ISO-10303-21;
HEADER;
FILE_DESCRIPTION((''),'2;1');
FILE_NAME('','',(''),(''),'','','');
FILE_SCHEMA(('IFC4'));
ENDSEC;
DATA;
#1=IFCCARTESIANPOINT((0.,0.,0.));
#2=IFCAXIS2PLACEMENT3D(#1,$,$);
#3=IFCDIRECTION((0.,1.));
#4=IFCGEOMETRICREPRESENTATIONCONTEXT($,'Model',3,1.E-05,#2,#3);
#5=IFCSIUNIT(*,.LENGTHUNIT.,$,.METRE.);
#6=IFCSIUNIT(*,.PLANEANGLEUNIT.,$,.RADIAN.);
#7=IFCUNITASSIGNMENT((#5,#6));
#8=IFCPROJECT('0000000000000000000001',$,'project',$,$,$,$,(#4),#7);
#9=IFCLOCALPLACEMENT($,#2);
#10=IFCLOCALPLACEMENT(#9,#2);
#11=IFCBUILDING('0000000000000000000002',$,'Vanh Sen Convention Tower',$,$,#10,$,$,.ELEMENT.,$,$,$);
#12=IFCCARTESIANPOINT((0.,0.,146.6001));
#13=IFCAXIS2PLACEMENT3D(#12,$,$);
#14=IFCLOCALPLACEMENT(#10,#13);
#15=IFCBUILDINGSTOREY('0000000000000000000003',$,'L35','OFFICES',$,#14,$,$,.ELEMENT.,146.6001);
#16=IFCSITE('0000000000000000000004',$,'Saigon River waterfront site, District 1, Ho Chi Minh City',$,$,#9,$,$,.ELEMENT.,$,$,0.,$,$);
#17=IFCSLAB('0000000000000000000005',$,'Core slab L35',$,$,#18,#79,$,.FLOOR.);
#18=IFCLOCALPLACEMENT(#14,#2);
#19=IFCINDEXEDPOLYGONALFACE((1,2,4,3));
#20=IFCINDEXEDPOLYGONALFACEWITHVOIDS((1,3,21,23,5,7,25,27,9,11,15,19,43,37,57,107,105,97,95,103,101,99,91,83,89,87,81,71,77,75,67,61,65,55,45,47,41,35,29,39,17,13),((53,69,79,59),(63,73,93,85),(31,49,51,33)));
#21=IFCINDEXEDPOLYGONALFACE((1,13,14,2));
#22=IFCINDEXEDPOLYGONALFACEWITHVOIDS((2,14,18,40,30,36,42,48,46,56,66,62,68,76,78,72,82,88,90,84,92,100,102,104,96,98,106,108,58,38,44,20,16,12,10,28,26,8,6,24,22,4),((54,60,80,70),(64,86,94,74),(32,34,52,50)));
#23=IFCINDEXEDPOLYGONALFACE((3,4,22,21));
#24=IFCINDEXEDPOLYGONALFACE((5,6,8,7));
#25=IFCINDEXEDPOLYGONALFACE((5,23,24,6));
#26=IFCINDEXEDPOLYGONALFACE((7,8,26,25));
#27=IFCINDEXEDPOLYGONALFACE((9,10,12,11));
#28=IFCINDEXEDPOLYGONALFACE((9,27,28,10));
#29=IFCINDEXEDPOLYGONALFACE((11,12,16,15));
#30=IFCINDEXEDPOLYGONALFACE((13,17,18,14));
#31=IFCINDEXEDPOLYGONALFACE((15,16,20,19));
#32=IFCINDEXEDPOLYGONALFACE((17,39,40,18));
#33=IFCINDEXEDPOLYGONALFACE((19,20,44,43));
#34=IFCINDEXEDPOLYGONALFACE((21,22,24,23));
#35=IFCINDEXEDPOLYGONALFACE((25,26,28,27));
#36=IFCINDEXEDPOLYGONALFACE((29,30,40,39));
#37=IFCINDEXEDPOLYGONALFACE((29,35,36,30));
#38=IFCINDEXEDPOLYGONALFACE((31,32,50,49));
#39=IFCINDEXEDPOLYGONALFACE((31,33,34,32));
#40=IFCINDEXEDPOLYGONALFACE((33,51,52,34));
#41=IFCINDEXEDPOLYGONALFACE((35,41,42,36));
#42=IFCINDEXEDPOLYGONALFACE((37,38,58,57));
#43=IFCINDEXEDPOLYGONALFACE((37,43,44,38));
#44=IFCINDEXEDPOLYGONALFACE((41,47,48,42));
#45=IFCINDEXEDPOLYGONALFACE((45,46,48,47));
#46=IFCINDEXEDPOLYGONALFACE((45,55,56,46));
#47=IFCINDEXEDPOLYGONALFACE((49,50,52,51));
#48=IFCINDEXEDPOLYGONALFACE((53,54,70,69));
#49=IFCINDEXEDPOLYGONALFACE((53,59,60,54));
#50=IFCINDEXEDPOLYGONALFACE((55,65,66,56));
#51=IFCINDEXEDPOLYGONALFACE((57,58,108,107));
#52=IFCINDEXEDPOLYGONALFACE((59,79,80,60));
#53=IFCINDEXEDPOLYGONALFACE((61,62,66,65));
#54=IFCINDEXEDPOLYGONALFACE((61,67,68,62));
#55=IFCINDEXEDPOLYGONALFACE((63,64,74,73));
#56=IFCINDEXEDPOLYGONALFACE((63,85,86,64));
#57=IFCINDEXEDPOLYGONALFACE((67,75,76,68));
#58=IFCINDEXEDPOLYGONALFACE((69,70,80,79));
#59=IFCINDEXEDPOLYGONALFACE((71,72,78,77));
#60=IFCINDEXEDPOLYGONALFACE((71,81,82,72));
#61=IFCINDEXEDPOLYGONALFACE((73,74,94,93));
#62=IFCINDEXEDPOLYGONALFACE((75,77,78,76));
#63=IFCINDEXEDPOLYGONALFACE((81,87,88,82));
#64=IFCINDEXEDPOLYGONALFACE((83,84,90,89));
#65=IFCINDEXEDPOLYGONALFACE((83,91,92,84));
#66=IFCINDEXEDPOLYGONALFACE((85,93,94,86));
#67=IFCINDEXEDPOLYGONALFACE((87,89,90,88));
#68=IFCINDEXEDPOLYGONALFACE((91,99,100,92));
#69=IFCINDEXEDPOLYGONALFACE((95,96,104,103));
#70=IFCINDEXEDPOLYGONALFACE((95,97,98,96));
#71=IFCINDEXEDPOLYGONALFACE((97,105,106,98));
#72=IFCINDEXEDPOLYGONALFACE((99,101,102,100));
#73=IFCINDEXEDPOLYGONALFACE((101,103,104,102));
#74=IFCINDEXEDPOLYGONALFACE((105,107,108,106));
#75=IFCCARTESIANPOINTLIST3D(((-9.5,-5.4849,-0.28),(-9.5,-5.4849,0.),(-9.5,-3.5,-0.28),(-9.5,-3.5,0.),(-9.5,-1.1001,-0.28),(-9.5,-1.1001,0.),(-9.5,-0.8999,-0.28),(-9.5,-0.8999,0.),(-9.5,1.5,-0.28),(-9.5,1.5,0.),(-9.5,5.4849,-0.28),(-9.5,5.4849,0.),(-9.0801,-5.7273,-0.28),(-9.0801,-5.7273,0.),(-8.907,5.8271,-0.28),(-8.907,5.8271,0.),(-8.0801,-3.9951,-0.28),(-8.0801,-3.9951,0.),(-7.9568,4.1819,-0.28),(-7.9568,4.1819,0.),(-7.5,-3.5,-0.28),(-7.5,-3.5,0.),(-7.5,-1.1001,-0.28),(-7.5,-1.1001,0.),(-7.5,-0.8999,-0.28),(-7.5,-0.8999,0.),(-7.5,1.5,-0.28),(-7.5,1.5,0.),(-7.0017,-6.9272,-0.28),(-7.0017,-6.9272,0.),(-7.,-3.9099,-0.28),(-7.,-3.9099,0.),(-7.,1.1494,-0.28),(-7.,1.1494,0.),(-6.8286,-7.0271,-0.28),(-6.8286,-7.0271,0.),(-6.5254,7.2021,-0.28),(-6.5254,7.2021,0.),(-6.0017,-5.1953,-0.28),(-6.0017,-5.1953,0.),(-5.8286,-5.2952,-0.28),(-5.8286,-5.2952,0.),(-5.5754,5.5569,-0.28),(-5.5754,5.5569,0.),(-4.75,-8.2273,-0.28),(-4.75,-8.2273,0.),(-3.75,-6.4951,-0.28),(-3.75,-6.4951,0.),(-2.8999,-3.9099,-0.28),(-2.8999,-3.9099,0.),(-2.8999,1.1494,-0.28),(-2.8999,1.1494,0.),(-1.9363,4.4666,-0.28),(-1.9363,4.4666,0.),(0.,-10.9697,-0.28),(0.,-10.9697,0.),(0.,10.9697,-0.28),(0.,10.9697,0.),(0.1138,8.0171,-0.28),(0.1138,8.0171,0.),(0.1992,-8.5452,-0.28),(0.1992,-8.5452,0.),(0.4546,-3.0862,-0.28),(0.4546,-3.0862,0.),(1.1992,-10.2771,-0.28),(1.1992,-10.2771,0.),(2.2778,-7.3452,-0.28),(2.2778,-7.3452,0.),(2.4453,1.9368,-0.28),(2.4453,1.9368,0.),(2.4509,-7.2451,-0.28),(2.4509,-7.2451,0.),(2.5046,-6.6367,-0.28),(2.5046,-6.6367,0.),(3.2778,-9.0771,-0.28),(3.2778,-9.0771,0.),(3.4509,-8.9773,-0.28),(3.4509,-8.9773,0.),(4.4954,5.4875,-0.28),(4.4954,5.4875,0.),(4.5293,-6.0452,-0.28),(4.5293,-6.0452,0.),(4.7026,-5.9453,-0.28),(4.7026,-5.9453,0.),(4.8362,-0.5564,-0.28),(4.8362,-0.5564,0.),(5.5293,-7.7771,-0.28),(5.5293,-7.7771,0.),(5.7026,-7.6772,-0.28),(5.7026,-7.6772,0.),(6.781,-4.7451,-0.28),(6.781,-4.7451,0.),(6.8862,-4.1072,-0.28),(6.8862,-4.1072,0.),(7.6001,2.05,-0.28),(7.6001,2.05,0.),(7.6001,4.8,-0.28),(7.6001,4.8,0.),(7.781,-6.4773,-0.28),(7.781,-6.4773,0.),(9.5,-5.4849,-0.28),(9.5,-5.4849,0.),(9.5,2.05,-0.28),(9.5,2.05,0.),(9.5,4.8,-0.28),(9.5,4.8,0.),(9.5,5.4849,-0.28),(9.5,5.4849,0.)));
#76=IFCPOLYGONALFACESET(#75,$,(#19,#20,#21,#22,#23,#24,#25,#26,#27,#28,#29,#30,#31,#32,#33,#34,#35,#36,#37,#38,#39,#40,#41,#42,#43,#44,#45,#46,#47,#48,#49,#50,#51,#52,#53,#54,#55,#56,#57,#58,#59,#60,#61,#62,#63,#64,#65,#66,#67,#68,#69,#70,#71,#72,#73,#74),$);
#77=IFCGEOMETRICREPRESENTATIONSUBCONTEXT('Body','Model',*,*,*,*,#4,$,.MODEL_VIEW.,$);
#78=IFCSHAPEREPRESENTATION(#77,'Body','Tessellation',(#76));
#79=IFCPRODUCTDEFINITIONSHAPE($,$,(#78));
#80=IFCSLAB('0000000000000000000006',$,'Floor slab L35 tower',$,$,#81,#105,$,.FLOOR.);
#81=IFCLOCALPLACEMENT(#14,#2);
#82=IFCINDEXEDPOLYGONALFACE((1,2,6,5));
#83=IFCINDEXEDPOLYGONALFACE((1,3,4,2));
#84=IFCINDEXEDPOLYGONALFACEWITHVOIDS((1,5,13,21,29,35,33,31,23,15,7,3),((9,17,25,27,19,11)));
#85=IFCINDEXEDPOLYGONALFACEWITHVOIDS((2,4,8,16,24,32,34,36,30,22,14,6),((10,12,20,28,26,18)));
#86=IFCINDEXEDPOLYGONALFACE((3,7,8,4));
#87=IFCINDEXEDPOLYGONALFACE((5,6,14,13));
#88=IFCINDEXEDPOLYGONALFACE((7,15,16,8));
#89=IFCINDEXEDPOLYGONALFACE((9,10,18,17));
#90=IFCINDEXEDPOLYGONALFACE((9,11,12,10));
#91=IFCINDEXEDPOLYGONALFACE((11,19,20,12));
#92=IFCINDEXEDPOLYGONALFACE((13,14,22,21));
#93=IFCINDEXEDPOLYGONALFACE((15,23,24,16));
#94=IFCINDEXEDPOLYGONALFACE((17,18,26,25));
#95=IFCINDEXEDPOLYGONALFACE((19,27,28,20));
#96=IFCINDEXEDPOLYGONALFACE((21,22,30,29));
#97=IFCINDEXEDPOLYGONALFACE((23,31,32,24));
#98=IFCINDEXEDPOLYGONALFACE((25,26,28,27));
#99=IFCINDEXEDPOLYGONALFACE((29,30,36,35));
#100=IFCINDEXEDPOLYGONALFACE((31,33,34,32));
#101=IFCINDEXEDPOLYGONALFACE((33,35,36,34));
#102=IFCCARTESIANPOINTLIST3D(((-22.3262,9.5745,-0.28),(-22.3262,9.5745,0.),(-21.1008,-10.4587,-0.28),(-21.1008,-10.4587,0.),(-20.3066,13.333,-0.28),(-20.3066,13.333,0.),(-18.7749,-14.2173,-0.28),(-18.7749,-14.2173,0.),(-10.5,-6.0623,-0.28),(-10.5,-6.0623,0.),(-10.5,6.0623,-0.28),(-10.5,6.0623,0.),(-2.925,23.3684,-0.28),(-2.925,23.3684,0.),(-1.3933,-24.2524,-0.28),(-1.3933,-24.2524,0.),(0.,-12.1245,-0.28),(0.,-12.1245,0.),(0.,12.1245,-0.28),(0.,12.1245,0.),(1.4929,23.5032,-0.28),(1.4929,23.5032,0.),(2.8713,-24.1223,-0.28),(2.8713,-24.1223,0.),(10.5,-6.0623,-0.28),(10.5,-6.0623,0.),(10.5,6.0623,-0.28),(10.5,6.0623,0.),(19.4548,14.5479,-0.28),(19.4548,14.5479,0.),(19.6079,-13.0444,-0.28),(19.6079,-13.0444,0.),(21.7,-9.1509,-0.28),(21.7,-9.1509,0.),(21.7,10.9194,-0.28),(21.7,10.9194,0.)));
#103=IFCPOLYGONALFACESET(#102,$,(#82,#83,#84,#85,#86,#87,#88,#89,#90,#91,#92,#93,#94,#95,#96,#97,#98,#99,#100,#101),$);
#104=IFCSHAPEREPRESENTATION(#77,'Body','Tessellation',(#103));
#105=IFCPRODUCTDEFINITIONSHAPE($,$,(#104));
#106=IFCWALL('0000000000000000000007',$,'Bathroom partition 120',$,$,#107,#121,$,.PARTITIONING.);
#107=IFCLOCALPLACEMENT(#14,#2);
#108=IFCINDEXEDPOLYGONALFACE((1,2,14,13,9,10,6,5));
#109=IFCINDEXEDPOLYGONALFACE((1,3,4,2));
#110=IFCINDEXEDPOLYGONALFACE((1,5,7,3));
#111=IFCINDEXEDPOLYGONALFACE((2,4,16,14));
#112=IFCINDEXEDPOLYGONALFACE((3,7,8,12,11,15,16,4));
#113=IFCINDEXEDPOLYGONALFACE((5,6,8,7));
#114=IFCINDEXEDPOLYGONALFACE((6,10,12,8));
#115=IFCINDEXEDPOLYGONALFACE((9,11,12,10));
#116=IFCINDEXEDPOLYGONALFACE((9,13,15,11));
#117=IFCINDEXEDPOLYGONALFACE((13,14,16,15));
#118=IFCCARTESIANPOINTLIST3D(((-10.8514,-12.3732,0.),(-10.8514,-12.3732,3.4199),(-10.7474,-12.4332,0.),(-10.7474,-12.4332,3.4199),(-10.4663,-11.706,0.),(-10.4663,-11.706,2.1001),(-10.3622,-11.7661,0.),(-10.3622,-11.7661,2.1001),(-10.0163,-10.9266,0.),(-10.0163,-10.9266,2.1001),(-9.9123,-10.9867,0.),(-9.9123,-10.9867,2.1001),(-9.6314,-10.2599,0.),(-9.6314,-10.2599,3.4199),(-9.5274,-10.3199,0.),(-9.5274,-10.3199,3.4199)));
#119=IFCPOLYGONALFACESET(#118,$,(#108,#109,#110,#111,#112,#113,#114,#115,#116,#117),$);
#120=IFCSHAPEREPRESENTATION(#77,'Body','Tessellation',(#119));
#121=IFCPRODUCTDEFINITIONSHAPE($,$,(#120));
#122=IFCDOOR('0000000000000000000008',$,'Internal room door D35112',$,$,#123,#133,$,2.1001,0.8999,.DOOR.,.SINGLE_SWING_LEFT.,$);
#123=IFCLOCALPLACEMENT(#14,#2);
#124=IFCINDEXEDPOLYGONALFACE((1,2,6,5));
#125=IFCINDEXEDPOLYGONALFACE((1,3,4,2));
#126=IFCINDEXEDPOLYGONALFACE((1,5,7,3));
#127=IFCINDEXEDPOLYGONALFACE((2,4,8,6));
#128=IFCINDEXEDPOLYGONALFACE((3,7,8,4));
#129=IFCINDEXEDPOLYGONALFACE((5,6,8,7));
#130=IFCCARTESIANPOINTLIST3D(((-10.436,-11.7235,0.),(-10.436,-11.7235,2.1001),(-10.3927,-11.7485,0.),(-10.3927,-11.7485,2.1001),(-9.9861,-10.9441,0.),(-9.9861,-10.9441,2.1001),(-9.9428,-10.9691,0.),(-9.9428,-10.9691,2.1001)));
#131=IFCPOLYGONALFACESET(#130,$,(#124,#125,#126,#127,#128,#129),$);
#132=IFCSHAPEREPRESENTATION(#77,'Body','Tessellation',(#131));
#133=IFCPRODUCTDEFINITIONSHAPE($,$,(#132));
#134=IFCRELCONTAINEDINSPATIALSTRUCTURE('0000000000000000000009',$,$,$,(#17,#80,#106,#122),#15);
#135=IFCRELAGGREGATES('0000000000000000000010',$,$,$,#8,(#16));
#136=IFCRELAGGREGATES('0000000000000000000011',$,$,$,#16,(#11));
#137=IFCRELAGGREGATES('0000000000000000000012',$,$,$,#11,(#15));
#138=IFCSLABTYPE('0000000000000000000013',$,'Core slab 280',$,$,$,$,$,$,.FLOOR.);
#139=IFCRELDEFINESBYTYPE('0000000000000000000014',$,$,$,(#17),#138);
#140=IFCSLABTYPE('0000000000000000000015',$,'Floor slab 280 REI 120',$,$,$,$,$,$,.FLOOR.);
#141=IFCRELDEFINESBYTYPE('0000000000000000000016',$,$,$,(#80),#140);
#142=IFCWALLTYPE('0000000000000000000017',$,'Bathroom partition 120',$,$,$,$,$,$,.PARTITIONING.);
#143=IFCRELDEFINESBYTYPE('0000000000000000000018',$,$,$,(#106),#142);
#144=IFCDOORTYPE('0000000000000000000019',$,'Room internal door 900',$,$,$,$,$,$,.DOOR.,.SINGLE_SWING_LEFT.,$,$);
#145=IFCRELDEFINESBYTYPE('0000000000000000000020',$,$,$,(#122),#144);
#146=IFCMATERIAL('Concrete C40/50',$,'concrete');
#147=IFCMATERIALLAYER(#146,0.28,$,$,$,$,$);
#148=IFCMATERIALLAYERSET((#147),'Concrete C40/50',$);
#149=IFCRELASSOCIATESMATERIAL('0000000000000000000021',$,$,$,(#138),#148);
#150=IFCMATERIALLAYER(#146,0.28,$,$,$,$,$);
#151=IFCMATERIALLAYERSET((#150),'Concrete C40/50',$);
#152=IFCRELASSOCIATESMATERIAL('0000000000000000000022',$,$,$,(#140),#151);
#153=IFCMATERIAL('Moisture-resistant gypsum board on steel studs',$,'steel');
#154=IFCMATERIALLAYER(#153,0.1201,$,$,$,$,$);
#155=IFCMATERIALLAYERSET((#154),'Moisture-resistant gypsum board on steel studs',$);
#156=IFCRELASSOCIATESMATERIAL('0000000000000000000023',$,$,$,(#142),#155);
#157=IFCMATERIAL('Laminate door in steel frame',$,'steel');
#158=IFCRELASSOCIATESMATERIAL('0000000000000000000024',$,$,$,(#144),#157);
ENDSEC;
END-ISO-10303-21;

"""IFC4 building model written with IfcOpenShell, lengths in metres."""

from ifc_helpers import new_model, si_unit, direction, frame, frame_2d, origin, place, context, subcontext, project, spatial, polyline, rectangle, outline, extrude, material, layer, layer_set, type_object, element, fill, save


model = new_model("IFC4")

# Units and contexts
model_context = context("Model", 3, precision=1e-05, world=origin(), true_north=direction((0.0, 1.0)))
body_context = subcontext(model_context, "Body", "Model", "MODEL_VIEW")
ifc_project = project(units=[si_unit("LENGTHUNIT", "METRE"), si_unit("PLANEANGLEUNIT", "RADIAN")], contexts=[model_context])

# Site, building, storey
site_placement = place(None, origin())
site = spatial("IfcSite", under=ifc_project, at=site_placement, Name="Saigon River waterfront site, District 1, Ho Chi Minh City", CompositionType="ELEMENT", RefElevation=0.0)
building_placement = place(site_placement, origin())
building = spatial("IfcBuilding", under=site, at=building_placement, Name="Vanh Sen Convention Tower", CompositionType="ELEMENT")
storey_placement = place(building_placement, frame((0.0, 0.0, 146.6001)))
storey = spatial("IfcBuildingStorey", under=building, at=storey_placement, Name="L35", Description="OFFICES", CompositionType="ELEMENT", Elevation=146.6001)

# Slabs
ifc_material_1 = material(Name="Concrete C40/50", Category="concrete")
ifc_layer_1 = layer(ifc_material_1, 0.28)
ifc_layer_set_1 = layer_set([ifc_layer_1], Name="Concrete C40/50")
slab_type_1 = type_object("IfcSlabType", Name="Core slab 280", PredefinedType="FLOOR", material=ifc_layer_set_1)
slab_1_placement = place(storey_placement, frame((0.0, 0.0, -0.28)))
element("IfcSlab", 1, at=slab_1_placement, inside=storey, type_object=slab_type_1, Name="Core slab L35", PredefinedType="FLOOR", context=body_context, shape_type="SweptSolid", body=[
    extrude(outline(polyline([(0.0, 10.9697), (9.5, 5.4849), (9.5, 4.8), (7.6001, 4.8), (7.6001, 2.05), (9.5, 2.05), (9.5, -5.4849), (7.781, -6.4773), (6.781, -4.7451), (4.7026, -5.9453), (5.7026, -7.6772), (5.5293, -7.7771), (4.5293, -6.0452), (2.4509, -7.2451), (3.4509, -8.9773), (3.2778, -9.0771), (2.2778, -7.3452), (0.1992, -8.5452), (1.1992, -10.2771), (0.0, -10.9697), (-4.75, -8.2273), (-3.75, -6.4951), (-5.8286, -5.2952), (-6.8286, -7.0271), (-7.0017, -6.9272), (-6.0017, -5.1953), (-8.0801, -3.9951), (-9.0801, -5.7273), (-9.5, -5.4849), (-9.5, -3.5), (-7.5, -3.5), (-7.5, -1.1001), (-9.5, -1.1001), (-9.5, -0.8999), (-7.5, -0.8999), (-7.5, 1.5), (-9.5, 1.5), (-9.5, 5.4849), (-8.907, 5.8271), (-7.9568, 4.1819), (-5.5754, 5.5569), (-6.5254, 7.2021), (0.0, 10.9697)]), holes=[polyline([(-7.0, 1.1494), (-7.0, -3.9099), (-2.8999, -3.9099), (-2.8999, 1.1494), (-7.0, 1.1494)]), polyline([(2.5046, -6.6367), (6.8862, -4.1072), (4.8362, -0.5564), (0.4546, -3.0862), (2.5046, -6.6367)]), polyline([(0.1138, 8.0171), (-1.9363, 4.4666), (2.4453, 1.9368), (4.4954, 5.4875), (0.1138, 8.0171)])]), origin(), (0.0, 0.0, 1.0), 0.28),
])
ifc_layer_2 = layer(ifc_material_1, 0.28)
ifc_layer_set_2 = layer_set([ifc_layer_2], Name="Concrete C40/50")
slab_type_2 = type_object("IfcSlabType", Name="Floor slab 280 REI 120", PredefinedType="FLOOR", material=ifc_layer_set_2)
slab_2_placement = place(storey_placement, frame((0.0, 0.0, -0.28)))
element("IfcSlab", 2, at=slab_2_placement, inside=storey, type_object=slab_type_2, Name="Floor slab L35 tower", PredefinedType="FLOOR", context=body_context, shape_type="SweptSolid", body=[
    extrude(outline(polyline([(21.7, -9.1509), (21.7, 10.9194), (19.4548, 14.5479), (1.4929, 23.5032), (-2.925, 23.3684), (-20.3066, 13.333), (-22.3262, 9.5745), (-21.1008, -10.4587), (-18.7749, -14.2173), (-1.3933, -24.2524), (2.8713, -24.1223), (19.6079, -13.0444), (21.7, -9.1509)]), holes=[polyline([(0.0, 12.1245), (-10.5, 6.0623), (-10.5, -6.0623), (0.0, -12.1245), (10.5, -6.0623), (10.5, 6.0623), (0.0, 12.1245)])]), origin(), (0.0, 0.0, 1.0), 0.28),
])

# Wall, opening, door
ifc_material_2 = material(Name="Moisture-resistant gypsum board on steel studs", Category="steel")
ifc_layer_3 = layer(ifc_material_2, 0.1201)
ifc_layer_set_3 = layer_set([ifc_layer_3], Name="Moisture-resistant gypsum board on steel studs")
wall_type_1 = type_object("IfcWallType", Name="Bathroom partition 120", PredefinedType="PARTITIONING", material=ifc_layer_set_3)
wall_1_placement = place(storey_placement, frame((-9.5793, -10.2898, 0.0), z_axis=(0.0, 0.0, 1.0), x_axis=(-0.499959, -0.866049, 0.0)))
wall_1 = element("IfcWall", 3, at=wall_1_placement, inside=storey, type_object=wall_type_1, Name="Bathroom partition 120", PredefinedType="PARTITIONING", context=body_context, shape_type="SweptSolid", body=[
    extrude(rectangle(XDim=2.4402, YDim=0.1201, at=frame_2d((1.2202, 0.0))), origin(), (0.0, 0.0, 1.0), 3.4199),
])
opening_1_placement = place(wall_1_placement, frame((0.77, 0.0, 0.0)))
opening_1 = element("IfcOpeningElement", 4, at=opening_1_placement, cuts=wall_1, PredefinedType="OPENING", context=body_context, shape_type="SweptSolid", body=[
    extrude(rectangle(XDim=0.8999, YDim=2.1001, at=frame_2d((0.45, 1.05))), frame((0.0, 0.0701, 0.0), z_axis=(0.0, -1.0, 0.0), x_axis=(1.0, 0.0, 0.0)), (0.0, 0.0, 1.0), 0.1401),
])
ifc_material_3 = material(Name="Laminate door in steel frame", Category="steel")
door_type_1 = type_object("IfcDoorType", Name="Room internal door 900", OperationType="SINGLE_SWING_LEFT", PredefinedType="DOOR", material=ifc_material_3)
door_1_placement = place(opening_1_placement, origin())
door_1 = element("IfcDoor", 5, at=door_1_placement, inside=storey, type_object=door_type_1, Name="Internal room door D35112", OperationType="SINGLE_SWING_LEFT", OverallHeight=2.1001, OverallWidth=0.8999, PredefinedType="DOOR", context=body_context, shape_type="SweptSolid", body=[
    extrude(rectangle(XDim=0.8999, YDim=2.1001, at=frame_2d((0.45, 1.05))), frame((0.0, 0.0249, 0.0), z_axis=(0.0, -1.0, 0.0), x_axis=(1.0, 0.0, 0.0)), (0.0, 0.0, 1.0), 0.05),
])
fill(opening_1, door_1)

save(model, "model.ifc")
